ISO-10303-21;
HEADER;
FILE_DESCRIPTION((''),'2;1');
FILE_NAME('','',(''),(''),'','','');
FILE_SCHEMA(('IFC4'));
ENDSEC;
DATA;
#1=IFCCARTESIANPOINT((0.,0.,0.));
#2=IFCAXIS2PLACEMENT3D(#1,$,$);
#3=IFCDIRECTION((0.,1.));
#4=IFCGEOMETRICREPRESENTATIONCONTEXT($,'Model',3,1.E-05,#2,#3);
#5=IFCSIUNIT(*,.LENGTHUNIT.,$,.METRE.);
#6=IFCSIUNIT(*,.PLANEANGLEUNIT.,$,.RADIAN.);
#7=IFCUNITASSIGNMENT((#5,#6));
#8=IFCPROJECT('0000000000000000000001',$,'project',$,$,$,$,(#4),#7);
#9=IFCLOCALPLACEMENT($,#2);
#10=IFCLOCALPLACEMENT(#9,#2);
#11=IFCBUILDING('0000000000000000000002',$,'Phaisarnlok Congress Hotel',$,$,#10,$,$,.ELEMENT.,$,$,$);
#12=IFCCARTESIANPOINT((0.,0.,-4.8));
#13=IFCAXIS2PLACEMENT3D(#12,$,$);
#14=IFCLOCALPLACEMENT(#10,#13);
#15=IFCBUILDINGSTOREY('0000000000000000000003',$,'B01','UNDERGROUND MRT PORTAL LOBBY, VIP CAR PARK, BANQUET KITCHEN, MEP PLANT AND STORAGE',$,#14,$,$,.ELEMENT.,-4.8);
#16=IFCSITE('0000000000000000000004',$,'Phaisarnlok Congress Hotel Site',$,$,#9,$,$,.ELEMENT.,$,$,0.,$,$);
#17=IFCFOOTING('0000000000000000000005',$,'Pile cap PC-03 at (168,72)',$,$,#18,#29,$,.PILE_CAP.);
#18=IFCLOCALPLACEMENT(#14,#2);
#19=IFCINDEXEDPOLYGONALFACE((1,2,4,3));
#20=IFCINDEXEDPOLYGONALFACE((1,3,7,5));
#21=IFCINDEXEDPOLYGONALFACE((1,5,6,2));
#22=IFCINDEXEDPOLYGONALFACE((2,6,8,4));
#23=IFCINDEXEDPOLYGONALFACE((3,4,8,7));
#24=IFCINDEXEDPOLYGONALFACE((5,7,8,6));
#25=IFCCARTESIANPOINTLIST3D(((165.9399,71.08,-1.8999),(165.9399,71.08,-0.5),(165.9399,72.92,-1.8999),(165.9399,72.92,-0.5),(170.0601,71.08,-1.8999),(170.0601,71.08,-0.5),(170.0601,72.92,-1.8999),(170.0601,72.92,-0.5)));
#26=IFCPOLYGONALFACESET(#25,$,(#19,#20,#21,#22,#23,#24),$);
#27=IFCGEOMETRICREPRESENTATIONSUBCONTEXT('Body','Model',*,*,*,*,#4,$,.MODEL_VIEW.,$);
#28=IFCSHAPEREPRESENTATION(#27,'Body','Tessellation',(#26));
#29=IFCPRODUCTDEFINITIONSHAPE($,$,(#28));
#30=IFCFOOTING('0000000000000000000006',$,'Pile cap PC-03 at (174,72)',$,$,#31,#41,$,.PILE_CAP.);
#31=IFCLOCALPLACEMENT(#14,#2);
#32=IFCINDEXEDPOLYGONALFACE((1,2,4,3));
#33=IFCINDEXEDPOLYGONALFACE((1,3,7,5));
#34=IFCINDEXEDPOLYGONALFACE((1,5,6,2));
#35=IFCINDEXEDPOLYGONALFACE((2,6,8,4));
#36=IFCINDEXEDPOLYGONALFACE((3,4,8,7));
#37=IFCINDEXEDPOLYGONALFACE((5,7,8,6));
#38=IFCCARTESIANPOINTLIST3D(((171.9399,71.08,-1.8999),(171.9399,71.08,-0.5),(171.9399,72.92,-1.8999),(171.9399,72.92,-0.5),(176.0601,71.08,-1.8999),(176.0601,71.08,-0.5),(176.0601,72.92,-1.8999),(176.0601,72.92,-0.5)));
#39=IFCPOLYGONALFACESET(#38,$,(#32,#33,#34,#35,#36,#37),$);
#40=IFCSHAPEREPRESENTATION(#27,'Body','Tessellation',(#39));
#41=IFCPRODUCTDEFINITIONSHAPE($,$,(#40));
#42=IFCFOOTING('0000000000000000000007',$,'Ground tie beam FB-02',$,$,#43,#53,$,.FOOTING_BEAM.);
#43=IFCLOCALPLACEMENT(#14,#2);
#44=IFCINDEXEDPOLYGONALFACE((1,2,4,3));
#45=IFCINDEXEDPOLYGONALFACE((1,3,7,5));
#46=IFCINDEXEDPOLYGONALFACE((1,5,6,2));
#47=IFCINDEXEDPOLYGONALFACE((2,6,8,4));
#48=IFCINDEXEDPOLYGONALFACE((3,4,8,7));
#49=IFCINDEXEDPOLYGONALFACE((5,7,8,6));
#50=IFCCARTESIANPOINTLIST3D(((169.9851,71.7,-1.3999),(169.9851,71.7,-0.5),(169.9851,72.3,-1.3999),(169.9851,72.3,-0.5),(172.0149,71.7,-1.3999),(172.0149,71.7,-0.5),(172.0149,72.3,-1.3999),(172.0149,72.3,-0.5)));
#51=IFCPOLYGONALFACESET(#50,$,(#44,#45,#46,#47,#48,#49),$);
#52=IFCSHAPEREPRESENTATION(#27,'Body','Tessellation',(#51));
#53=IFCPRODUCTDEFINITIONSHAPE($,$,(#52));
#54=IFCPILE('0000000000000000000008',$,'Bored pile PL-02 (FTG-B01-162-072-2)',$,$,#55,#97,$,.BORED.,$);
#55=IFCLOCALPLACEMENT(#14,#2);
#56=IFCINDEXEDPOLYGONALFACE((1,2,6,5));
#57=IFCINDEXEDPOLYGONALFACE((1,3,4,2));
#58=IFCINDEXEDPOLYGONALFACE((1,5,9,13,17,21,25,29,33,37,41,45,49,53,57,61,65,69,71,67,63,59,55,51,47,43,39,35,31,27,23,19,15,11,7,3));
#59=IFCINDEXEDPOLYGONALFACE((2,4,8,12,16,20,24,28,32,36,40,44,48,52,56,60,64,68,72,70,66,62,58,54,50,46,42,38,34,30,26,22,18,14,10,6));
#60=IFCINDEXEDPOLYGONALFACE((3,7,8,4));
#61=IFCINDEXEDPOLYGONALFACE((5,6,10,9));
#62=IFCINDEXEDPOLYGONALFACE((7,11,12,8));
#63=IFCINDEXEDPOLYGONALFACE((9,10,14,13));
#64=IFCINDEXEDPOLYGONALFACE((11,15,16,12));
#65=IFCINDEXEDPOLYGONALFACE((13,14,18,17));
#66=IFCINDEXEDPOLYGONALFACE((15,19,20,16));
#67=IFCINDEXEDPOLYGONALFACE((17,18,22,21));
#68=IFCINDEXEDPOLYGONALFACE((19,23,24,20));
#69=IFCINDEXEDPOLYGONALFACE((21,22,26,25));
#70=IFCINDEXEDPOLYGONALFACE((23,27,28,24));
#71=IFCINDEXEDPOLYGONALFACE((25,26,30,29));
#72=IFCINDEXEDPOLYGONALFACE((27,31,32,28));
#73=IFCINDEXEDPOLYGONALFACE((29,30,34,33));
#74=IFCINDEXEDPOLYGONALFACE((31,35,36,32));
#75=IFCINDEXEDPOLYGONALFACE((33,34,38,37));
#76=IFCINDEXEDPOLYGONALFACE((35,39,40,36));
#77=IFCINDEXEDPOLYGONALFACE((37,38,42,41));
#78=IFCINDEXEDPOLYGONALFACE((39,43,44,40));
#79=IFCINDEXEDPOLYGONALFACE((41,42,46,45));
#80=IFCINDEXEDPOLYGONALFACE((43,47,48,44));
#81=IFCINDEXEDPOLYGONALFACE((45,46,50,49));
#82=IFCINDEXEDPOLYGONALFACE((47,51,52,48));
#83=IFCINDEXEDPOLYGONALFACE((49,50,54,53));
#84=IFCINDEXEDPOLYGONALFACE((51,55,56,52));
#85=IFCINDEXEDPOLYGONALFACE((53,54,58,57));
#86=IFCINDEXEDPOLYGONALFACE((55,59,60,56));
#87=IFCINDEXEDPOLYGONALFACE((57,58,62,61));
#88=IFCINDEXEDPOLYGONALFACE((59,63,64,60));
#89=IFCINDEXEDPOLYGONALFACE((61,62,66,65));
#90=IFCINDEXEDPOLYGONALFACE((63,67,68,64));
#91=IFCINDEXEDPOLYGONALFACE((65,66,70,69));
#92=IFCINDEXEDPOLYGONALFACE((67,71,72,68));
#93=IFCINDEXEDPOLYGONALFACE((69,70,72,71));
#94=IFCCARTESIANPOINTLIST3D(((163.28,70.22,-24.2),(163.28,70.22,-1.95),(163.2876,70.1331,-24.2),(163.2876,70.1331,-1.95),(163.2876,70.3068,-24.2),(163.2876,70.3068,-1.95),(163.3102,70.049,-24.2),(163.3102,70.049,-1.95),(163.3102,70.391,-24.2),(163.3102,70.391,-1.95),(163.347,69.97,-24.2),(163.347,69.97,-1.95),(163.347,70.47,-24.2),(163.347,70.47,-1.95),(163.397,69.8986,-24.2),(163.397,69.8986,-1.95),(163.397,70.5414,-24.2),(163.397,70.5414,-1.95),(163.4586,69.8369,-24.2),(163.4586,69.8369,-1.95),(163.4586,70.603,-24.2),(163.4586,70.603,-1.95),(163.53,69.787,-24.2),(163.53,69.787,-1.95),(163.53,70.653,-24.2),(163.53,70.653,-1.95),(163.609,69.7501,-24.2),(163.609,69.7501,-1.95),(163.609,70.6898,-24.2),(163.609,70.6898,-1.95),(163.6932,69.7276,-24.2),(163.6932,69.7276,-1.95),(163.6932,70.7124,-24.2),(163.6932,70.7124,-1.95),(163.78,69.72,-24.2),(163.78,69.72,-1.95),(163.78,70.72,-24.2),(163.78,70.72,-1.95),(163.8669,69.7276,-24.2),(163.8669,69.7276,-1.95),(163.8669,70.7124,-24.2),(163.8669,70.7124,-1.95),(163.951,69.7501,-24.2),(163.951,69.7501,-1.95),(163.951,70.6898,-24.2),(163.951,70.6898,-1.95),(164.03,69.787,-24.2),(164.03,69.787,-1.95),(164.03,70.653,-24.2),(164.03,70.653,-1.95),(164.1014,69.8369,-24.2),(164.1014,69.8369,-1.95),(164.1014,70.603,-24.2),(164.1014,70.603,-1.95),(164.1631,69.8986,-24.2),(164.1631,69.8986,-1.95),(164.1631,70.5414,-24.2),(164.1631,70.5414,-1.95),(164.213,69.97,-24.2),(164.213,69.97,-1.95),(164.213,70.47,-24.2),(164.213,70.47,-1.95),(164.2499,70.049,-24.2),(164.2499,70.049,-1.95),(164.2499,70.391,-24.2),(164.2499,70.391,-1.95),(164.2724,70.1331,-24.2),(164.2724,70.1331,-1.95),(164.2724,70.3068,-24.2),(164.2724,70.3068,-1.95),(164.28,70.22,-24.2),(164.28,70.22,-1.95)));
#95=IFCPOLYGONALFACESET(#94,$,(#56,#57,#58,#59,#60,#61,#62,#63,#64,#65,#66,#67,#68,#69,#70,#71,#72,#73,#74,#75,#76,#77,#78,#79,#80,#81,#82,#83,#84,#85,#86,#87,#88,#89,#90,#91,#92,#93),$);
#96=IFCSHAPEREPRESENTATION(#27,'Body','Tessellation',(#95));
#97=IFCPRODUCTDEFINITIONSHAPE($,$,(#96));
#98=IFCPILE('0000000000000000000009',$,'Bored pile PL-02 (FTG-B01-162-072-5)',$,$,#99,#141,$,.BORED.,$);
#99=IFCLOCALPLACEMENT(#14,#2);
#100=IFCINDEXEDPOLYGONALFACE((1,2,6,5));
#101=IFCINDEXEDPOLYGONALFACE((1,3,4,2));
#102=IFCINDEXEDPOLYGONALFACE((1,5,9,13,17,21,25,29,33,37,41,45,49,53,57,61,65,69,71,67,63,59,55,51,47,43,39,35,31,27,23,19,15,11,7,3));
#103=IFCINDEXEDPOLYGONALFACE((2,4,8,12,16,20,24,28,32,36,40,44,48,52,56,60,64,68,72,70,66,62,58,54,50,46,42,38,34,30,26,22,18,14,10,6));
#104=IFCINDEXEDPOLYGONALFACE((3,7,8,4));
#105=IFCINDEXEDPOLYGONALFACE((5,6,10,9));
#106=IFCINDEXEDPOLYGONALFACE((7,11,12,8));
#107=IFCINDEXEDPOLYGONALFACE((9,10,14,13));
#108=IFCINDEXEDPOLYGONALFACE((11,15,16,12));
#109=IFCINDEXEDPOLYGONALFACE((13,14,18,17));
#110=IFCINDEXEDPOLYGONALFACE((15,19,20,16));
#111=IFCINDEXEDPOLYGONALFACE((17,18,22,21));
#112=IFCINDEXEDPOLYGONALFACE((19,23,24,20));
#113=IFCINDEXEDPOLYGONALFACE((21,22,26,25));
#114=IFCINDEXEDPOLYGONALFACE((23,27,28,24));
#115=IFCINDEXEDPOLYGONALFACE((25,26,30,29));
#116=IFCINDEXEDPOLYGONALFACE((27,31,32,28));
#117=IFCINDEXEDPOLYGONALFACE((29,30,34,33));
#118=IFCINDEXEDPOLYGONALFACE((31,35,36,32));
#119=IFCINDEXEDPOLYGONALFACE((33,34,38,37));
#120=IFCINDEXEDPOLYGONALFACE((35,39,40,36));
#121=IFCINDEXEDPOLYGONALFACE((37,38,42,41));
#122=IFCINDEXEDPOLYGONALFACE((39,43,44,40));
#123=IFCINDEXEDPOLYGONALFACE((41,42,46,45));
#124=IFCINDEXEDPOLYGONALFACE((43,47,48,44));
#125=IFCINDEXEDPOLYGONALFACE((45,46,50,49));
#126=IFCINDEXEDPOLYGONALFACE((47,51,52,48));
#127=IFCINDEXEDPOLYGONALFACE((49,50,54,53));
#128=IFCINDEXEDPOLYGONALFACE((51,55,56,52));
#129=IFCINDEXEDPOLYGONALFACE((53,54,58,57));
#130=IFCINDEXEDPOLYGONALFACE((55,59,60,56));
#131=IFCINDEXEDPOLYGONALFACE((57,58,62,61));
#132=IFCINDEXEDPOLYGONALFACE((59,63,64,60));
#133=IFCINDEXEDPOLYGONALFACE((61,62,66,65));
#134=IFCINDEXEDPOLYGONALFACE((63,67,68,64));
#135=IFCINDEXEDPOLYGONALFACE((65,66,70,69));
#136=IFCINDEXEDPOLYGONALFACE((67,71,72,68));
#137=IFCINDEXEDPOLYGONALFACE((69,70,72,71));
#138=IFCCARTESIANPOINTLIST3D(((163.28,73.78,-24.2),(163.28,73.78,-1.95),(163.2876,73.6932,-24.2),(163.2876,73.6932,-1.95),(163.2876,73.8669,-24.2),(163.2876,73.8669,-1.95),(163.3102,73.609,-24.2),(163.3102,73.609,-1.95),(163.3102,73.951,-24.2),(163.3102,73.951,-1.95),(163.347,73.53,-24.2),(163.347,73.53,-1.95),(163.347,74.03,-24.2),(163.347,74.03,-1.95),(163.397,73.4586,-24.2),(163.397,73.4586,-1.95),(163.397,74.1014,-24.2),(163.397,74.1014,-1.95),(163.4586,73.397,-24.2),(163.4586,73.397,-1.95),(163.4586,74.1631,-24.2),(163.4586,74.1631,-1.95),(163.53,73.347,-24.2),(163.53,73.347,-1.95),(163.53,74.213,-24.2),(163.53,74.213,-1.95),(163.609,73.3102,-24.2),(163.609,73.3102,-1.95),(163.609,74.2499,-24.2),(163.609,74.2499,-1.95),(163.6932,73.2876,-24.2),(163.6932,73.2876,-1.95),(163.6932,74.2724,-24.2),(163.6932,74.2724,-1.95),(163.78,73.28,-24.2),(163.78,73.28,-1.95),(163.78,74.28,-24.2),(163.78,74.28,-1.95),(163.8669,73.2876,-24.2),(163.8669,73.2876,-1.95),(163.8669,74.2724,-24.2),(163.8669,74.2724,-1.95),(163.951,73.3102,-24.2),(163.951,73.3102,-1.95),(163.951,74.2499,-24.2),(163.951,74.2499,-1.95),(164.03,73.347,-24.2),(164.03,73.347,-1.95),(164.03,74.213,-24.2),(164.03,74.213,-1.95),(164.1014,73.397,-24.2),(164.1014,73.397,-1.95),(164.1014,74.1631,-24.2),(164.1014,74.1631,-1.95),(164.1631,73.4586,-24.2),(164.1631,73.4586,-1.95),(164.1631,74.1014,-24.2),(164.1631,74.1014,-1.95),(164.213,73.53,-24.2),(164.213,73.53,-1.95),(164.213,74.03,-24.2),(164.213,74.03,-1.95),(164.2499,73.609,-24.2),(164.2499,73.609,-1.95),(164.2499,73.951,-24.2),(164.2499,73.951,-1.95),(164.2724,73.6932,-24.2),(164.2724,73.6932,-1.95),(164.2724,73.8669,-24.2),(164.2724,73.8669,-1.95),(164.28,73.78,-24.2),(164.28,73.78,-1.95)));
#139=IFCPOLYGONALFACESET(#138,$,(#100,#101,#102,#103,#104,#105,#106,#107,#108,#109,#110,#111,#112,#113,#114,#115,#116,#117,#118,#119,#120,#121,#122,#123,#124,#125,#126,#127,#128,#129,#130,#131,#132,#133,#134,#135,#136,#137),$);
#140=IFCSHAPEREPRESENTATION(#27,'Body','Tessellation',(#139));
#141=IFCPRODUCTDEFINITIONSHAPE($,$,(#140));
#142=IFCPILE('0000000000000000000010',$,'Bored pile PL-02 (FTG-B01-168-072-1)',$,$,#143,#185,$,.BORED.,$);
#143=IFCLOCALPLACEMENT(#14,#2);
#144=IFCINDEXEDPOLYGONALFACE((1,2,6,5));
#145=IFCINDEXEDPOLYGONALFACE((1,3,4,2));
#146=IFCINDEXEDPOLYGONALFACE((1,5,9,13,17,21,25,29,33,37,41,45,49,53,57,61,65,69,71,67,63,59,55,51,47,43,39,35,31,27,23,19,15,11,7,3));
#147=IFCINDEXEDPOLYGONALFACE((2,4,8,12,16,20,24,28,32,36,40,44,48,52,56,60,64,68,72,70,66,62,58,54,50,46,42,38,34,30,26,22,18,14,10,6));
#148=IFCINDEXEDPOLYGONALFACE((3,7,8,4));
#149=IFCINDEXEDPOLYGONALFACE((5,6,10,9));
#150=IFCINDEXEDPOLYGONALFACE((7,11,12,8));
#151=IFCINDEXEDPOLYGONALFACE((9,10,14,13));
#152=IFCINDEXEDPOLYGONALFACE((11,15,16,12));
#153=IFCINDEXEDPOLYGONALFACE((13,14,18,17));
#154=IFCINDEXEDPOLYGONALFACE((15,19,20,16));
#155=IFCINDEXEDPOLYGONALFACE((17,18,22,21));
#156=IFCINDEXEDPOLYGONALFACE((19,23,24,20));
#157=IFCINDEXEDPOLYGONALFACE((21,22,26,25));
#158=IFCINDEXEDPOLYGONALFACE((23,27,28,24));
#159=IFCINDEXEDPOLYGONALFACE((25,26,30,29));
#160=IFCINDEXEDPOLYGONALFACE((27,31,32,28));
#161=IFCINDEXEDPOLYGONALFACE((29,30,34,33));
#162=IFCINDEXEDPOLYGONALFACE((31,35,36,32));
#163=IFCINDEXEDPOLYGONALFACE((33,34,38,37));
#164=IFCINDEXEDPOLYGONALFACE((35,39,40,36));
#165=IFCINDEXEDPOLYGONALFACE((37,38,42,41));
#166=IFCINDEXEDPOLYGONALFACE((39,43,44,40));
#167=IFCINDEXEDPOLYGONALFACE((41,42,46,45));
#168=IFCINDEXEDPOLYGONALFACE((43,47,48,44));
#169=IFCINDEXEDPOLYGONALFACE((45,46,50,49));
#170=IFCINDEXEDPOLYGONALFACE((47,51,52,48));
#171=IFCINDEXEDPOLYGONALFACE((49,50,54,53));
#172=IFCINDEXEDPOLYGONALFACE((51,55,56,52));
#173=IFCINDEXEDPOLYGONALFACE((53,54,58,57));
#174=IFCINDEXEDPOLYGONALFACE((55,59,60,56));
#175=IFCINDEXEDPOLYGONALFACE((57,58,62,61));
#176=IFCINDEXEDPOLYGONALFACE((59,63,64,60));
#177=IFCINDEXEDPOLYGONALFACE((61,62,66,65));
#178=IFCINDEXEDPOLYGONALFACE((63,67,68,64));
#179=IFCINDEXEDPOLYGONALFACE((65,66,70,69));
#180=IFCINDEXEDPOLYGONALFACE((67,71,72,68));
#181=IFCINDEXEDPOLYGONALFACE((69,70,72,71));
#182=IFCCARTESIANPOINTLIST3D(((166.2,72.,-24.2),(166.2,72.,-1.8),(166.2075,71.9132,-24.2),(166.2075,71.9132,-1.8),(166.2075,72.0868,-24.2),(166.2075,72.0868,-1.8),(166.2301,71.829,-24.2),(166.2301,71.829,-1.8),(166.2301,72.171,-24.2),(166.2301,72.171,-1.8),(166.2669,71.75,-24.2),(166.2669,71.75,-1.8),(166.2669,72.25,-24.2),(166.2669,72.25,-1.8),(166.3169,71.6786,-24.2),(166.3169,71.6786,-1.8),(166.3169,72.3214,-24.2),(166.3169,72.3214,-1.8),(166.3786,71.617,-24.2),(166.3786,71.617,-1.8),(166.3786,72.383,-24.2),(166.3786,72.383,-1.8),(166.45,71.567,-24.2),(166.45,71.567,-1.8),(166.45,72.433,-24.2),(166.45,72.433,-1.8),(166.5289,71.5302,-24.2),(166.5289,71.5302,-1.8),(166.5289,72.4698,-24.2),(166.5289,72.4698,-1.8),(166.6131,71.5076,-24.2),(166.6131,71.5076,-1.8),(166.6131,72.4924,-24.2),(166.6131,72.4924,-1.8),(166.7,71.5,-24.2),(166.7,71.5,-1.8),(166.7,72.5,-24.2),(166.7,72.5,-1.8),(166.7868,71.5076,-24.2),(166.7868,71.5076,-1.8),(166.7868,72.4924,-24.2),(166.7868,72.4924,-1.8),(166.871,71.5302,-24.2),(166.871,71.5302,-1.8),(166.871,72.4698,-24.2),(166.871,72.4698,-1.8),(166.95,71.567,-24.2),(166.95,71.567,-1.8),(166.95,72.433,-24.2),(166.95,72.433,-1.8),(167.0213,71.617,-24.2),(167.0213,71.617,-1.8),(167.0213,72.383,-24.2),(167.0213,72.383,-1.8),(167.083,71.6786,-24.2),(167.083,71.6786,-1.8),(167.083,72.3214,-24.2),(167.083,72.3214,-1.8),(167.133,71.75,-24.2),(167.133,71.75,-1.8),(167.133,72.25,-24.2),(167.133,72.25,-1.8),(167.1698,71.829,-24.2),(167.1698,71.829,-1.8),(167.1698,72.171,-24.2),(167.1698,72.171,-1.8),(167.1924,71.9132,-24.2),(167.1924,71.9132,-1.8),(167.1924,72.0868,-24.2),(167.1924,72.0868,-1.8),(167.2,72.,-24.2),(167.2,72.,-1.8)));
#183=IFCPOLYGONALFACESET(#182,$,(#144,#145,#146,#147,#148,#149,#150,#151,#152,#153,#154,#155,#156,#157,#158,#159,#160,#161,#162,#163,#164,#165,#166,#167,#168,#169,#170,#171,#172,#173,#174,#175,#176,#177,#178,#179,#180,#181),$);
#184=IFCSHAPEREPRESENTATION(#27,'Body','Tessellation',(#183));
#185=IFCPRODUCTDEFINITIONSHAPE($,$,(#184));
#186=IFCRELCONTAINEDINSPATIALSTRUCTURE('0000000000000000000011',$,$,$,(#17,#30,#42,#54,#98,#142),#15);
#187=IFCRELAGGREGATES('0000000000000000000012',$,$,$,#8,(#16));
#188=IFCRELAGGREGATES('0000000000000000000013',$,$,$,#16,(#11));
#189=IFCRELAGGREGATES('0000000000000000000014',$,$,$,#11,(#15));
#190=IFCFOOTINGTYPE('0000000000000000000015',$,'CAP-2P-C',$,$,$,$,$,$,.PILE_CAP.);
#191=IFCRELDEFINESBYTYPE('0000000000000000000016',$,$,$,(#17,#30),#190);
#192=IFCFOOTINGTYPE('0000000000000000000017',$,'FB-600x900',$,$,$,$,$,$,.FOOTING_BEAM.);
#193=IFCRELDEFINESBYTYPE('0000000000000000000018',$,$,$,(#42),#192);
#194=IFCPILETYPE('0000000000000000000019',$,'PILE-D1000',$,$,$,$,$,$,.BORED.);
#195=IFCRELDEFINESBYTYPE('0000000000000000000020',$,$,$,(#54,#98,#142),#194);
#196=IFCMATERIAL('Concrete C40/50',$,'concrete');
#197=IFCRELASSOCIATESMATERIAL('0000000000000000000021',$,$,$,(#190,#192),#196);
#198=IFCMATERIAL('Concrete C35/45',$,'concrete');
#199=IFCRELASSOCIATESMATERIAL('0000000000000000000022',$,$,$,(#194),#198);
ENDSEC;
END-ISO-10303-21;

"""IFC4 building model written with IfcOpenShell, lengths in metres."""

from ifc_helpers import new_model, si_unit, direction, frame, origin, origin_2d, place, context, subcontext, project, spatial, rectangle, circle, extrude, material, material_profile, profile_set, type_object, element, save


model = new_model("IFC4")

# Units and contexts
model_context = context("Model", 3, precision=1e-05, world=origin(), true_north=direction((0.0, 1.0)))
body_context = subcontext(model_context, "Body", "Model", "MODEL_VIEW")
ifc_project = project(units=[si_unit("LENGTHUNIT", "METRE"), si_unit("PLANEANGLEUNIT", "RADIAN")], contexts=[model_context])

# Site, building, storey
site_placement = place(None, origin())
site = spatial("IfcSite", under=ifc_project, at=site_placement, Name="Phaisarnlok Congress Hotel Site", CompositionType="ELEMENT", RefElevation=0.0)
building_placement = place(site_placement, origin())
building = spatial("IfcBuilding", under=site, at=building_placement, Name="Phaisarnlok Congress Hotel", CompositionType="ELEMENT")
storey_placement = place(building_placement, frame((0.0, 0.0, -4.8)))
storey = spatial("IfcBuildingStorey", under=building, at=storey_placement, Name="B01", Description="UNDERGROUND MRT PORTAL LOBBY, VIP CAR PARK, BANQUET KITCHEN, MEP PLANT AND STORAGE", CompositionType="ELEMENT", Elevation=-4.8)

# Footings
ifc_material_1 = material(Name="Concrete C40/50", Category="concrete")
footing_type_1 = type_object("IfcFootingType", Name="CAP-2P-C", PredefinedType="PILE_CAP", material=ifc_material_1)
for number, where, z_axis, x_axis, name in (
    (1, (168.0, 72.0, -1.8999), (0.0, 0.0, 1.0), (1.0, 0.0, 0.0), "Pile cap PC-03 at (168,72)"),
    (2, (174.0, 72.0, -1.8999), (0.0, 0.0, 1.0), (1.0, 0.0, 0.0), "Pile cap PC-03 at (174,72)"),
):
    element("IfcFooting", number, at=place(storey_placement, frame(where, z_axis=z_axis, x_axis=x_axis)), inside=storey, type_object=footing_type_1, Name=name, PredefinedType="PILE_CAP", context=body_context, shape_type="SweptSolid", body=[
        extrude(rectangle(XDim=4.1201, YDim=1.8401, at=origin_2d()), origin(), (0.0, 0.0, 1.0), 1.3999),
    ])
ifc_material_profile_1 = material_profile(ifc_material_1, rectangle(XDim=0.6001, YDim=0.8999, at=origin_2d()), Name="FB-600x900")
ifc_profile_set_1 = profile_set([ifc_material_profile_1], Name="Concrete C40/50")
footing_type_2 = type_object("IfcFootingType", Name="FB-600x900", PredefinedType="FOOTING_BEAM", material=ifc_profile_set_1)
footing_placement = place(storey_placement, frame((169.9851, 72.0, -0.95), z_axis=(1.0, 0.0, 0.0), x_axis=(0.0, 1.0, 0.0)))
element("IfcFooting", 3, at=footing_placement, inside=storey, type_object=footing_type_2, Name="Ground tie beam FB-02", PredefinedType="FOOTING_BEAM", context=body_context, shape_type="SweptSolid", body=[
    extrude(rectangle(XDim=0.6001, YDim=0.8999, at=origin_2d()), origin(), (0.0, 0.0, 1.0), 2.0298),
])

# Piles
ifc_material_2 = material(Name="Concrete C35/45", Category="concrete")
ifc_material_profile_2 = material_profile(ifc_material_2, circle(Radius=0.5, at=origin_2d()), Name="BORED PILE D1000")
ifc_profile_set_2 = profile_set([ifc_material_profile_2], Name="Concrete C35/45")
pile_type_1 = type_object("IfcPileType", Name="PILE-D1000", PredefinedType="BORED", material=ifc_profile_set_2)
for number, where, z_axis, x_axis, name in (
    (4, (163.78, 70.22, -1.95), (0.0, 0.0, -1.0), (1.0, 0.0, 0.0), "Bored pile PL-02 (FTG-B01-162-072-2)"),
    (5, (163.78, 73.78, -1.95), (0.0, 0.0, -1.0), (1.0, 0.0, 0.0), "Bored pile PL-02 (FTG-B01-162-072-5)"),
):
    element("IfcPile", number, at=place(storey_placement, frame(where, z_axis=z_axis, x_axis=x_axis)), inside=storey, type_object=pile_type_1, Name=name, PredefinedType="BORED", context=body_context, shape_type="SweptSolid", body=[
        extrude(circle(Radius=0.5, at=origin_2d()), origin(), (0.0, 0.0, 1.0), 22.25),
    ])
for number, where, z_axis, x_axis, name in (
    (6, (166.7, 72.0, -1.8), (0.0, 0.0, -1.0), (1.0, 0.0, 0.0), "Bored pile PL-02 (FTG-B01-168-072-1)"),
):
    element("IfcPile", number, at=place(storey_placement, frame(where, z_axis=z_axis, x_axis=x_axis)), inside=storey, type_object=pile_type_1, Name=name, PredefinedType="BORED", context=body_context, shape_type="SweptSolid", body=[
        extrude(circle(Radius=0.5, at=origin_2d()), origin(), (0.0, 0.0, 1.0), 22.3999),
    ])

save(model, "model.ifc")
